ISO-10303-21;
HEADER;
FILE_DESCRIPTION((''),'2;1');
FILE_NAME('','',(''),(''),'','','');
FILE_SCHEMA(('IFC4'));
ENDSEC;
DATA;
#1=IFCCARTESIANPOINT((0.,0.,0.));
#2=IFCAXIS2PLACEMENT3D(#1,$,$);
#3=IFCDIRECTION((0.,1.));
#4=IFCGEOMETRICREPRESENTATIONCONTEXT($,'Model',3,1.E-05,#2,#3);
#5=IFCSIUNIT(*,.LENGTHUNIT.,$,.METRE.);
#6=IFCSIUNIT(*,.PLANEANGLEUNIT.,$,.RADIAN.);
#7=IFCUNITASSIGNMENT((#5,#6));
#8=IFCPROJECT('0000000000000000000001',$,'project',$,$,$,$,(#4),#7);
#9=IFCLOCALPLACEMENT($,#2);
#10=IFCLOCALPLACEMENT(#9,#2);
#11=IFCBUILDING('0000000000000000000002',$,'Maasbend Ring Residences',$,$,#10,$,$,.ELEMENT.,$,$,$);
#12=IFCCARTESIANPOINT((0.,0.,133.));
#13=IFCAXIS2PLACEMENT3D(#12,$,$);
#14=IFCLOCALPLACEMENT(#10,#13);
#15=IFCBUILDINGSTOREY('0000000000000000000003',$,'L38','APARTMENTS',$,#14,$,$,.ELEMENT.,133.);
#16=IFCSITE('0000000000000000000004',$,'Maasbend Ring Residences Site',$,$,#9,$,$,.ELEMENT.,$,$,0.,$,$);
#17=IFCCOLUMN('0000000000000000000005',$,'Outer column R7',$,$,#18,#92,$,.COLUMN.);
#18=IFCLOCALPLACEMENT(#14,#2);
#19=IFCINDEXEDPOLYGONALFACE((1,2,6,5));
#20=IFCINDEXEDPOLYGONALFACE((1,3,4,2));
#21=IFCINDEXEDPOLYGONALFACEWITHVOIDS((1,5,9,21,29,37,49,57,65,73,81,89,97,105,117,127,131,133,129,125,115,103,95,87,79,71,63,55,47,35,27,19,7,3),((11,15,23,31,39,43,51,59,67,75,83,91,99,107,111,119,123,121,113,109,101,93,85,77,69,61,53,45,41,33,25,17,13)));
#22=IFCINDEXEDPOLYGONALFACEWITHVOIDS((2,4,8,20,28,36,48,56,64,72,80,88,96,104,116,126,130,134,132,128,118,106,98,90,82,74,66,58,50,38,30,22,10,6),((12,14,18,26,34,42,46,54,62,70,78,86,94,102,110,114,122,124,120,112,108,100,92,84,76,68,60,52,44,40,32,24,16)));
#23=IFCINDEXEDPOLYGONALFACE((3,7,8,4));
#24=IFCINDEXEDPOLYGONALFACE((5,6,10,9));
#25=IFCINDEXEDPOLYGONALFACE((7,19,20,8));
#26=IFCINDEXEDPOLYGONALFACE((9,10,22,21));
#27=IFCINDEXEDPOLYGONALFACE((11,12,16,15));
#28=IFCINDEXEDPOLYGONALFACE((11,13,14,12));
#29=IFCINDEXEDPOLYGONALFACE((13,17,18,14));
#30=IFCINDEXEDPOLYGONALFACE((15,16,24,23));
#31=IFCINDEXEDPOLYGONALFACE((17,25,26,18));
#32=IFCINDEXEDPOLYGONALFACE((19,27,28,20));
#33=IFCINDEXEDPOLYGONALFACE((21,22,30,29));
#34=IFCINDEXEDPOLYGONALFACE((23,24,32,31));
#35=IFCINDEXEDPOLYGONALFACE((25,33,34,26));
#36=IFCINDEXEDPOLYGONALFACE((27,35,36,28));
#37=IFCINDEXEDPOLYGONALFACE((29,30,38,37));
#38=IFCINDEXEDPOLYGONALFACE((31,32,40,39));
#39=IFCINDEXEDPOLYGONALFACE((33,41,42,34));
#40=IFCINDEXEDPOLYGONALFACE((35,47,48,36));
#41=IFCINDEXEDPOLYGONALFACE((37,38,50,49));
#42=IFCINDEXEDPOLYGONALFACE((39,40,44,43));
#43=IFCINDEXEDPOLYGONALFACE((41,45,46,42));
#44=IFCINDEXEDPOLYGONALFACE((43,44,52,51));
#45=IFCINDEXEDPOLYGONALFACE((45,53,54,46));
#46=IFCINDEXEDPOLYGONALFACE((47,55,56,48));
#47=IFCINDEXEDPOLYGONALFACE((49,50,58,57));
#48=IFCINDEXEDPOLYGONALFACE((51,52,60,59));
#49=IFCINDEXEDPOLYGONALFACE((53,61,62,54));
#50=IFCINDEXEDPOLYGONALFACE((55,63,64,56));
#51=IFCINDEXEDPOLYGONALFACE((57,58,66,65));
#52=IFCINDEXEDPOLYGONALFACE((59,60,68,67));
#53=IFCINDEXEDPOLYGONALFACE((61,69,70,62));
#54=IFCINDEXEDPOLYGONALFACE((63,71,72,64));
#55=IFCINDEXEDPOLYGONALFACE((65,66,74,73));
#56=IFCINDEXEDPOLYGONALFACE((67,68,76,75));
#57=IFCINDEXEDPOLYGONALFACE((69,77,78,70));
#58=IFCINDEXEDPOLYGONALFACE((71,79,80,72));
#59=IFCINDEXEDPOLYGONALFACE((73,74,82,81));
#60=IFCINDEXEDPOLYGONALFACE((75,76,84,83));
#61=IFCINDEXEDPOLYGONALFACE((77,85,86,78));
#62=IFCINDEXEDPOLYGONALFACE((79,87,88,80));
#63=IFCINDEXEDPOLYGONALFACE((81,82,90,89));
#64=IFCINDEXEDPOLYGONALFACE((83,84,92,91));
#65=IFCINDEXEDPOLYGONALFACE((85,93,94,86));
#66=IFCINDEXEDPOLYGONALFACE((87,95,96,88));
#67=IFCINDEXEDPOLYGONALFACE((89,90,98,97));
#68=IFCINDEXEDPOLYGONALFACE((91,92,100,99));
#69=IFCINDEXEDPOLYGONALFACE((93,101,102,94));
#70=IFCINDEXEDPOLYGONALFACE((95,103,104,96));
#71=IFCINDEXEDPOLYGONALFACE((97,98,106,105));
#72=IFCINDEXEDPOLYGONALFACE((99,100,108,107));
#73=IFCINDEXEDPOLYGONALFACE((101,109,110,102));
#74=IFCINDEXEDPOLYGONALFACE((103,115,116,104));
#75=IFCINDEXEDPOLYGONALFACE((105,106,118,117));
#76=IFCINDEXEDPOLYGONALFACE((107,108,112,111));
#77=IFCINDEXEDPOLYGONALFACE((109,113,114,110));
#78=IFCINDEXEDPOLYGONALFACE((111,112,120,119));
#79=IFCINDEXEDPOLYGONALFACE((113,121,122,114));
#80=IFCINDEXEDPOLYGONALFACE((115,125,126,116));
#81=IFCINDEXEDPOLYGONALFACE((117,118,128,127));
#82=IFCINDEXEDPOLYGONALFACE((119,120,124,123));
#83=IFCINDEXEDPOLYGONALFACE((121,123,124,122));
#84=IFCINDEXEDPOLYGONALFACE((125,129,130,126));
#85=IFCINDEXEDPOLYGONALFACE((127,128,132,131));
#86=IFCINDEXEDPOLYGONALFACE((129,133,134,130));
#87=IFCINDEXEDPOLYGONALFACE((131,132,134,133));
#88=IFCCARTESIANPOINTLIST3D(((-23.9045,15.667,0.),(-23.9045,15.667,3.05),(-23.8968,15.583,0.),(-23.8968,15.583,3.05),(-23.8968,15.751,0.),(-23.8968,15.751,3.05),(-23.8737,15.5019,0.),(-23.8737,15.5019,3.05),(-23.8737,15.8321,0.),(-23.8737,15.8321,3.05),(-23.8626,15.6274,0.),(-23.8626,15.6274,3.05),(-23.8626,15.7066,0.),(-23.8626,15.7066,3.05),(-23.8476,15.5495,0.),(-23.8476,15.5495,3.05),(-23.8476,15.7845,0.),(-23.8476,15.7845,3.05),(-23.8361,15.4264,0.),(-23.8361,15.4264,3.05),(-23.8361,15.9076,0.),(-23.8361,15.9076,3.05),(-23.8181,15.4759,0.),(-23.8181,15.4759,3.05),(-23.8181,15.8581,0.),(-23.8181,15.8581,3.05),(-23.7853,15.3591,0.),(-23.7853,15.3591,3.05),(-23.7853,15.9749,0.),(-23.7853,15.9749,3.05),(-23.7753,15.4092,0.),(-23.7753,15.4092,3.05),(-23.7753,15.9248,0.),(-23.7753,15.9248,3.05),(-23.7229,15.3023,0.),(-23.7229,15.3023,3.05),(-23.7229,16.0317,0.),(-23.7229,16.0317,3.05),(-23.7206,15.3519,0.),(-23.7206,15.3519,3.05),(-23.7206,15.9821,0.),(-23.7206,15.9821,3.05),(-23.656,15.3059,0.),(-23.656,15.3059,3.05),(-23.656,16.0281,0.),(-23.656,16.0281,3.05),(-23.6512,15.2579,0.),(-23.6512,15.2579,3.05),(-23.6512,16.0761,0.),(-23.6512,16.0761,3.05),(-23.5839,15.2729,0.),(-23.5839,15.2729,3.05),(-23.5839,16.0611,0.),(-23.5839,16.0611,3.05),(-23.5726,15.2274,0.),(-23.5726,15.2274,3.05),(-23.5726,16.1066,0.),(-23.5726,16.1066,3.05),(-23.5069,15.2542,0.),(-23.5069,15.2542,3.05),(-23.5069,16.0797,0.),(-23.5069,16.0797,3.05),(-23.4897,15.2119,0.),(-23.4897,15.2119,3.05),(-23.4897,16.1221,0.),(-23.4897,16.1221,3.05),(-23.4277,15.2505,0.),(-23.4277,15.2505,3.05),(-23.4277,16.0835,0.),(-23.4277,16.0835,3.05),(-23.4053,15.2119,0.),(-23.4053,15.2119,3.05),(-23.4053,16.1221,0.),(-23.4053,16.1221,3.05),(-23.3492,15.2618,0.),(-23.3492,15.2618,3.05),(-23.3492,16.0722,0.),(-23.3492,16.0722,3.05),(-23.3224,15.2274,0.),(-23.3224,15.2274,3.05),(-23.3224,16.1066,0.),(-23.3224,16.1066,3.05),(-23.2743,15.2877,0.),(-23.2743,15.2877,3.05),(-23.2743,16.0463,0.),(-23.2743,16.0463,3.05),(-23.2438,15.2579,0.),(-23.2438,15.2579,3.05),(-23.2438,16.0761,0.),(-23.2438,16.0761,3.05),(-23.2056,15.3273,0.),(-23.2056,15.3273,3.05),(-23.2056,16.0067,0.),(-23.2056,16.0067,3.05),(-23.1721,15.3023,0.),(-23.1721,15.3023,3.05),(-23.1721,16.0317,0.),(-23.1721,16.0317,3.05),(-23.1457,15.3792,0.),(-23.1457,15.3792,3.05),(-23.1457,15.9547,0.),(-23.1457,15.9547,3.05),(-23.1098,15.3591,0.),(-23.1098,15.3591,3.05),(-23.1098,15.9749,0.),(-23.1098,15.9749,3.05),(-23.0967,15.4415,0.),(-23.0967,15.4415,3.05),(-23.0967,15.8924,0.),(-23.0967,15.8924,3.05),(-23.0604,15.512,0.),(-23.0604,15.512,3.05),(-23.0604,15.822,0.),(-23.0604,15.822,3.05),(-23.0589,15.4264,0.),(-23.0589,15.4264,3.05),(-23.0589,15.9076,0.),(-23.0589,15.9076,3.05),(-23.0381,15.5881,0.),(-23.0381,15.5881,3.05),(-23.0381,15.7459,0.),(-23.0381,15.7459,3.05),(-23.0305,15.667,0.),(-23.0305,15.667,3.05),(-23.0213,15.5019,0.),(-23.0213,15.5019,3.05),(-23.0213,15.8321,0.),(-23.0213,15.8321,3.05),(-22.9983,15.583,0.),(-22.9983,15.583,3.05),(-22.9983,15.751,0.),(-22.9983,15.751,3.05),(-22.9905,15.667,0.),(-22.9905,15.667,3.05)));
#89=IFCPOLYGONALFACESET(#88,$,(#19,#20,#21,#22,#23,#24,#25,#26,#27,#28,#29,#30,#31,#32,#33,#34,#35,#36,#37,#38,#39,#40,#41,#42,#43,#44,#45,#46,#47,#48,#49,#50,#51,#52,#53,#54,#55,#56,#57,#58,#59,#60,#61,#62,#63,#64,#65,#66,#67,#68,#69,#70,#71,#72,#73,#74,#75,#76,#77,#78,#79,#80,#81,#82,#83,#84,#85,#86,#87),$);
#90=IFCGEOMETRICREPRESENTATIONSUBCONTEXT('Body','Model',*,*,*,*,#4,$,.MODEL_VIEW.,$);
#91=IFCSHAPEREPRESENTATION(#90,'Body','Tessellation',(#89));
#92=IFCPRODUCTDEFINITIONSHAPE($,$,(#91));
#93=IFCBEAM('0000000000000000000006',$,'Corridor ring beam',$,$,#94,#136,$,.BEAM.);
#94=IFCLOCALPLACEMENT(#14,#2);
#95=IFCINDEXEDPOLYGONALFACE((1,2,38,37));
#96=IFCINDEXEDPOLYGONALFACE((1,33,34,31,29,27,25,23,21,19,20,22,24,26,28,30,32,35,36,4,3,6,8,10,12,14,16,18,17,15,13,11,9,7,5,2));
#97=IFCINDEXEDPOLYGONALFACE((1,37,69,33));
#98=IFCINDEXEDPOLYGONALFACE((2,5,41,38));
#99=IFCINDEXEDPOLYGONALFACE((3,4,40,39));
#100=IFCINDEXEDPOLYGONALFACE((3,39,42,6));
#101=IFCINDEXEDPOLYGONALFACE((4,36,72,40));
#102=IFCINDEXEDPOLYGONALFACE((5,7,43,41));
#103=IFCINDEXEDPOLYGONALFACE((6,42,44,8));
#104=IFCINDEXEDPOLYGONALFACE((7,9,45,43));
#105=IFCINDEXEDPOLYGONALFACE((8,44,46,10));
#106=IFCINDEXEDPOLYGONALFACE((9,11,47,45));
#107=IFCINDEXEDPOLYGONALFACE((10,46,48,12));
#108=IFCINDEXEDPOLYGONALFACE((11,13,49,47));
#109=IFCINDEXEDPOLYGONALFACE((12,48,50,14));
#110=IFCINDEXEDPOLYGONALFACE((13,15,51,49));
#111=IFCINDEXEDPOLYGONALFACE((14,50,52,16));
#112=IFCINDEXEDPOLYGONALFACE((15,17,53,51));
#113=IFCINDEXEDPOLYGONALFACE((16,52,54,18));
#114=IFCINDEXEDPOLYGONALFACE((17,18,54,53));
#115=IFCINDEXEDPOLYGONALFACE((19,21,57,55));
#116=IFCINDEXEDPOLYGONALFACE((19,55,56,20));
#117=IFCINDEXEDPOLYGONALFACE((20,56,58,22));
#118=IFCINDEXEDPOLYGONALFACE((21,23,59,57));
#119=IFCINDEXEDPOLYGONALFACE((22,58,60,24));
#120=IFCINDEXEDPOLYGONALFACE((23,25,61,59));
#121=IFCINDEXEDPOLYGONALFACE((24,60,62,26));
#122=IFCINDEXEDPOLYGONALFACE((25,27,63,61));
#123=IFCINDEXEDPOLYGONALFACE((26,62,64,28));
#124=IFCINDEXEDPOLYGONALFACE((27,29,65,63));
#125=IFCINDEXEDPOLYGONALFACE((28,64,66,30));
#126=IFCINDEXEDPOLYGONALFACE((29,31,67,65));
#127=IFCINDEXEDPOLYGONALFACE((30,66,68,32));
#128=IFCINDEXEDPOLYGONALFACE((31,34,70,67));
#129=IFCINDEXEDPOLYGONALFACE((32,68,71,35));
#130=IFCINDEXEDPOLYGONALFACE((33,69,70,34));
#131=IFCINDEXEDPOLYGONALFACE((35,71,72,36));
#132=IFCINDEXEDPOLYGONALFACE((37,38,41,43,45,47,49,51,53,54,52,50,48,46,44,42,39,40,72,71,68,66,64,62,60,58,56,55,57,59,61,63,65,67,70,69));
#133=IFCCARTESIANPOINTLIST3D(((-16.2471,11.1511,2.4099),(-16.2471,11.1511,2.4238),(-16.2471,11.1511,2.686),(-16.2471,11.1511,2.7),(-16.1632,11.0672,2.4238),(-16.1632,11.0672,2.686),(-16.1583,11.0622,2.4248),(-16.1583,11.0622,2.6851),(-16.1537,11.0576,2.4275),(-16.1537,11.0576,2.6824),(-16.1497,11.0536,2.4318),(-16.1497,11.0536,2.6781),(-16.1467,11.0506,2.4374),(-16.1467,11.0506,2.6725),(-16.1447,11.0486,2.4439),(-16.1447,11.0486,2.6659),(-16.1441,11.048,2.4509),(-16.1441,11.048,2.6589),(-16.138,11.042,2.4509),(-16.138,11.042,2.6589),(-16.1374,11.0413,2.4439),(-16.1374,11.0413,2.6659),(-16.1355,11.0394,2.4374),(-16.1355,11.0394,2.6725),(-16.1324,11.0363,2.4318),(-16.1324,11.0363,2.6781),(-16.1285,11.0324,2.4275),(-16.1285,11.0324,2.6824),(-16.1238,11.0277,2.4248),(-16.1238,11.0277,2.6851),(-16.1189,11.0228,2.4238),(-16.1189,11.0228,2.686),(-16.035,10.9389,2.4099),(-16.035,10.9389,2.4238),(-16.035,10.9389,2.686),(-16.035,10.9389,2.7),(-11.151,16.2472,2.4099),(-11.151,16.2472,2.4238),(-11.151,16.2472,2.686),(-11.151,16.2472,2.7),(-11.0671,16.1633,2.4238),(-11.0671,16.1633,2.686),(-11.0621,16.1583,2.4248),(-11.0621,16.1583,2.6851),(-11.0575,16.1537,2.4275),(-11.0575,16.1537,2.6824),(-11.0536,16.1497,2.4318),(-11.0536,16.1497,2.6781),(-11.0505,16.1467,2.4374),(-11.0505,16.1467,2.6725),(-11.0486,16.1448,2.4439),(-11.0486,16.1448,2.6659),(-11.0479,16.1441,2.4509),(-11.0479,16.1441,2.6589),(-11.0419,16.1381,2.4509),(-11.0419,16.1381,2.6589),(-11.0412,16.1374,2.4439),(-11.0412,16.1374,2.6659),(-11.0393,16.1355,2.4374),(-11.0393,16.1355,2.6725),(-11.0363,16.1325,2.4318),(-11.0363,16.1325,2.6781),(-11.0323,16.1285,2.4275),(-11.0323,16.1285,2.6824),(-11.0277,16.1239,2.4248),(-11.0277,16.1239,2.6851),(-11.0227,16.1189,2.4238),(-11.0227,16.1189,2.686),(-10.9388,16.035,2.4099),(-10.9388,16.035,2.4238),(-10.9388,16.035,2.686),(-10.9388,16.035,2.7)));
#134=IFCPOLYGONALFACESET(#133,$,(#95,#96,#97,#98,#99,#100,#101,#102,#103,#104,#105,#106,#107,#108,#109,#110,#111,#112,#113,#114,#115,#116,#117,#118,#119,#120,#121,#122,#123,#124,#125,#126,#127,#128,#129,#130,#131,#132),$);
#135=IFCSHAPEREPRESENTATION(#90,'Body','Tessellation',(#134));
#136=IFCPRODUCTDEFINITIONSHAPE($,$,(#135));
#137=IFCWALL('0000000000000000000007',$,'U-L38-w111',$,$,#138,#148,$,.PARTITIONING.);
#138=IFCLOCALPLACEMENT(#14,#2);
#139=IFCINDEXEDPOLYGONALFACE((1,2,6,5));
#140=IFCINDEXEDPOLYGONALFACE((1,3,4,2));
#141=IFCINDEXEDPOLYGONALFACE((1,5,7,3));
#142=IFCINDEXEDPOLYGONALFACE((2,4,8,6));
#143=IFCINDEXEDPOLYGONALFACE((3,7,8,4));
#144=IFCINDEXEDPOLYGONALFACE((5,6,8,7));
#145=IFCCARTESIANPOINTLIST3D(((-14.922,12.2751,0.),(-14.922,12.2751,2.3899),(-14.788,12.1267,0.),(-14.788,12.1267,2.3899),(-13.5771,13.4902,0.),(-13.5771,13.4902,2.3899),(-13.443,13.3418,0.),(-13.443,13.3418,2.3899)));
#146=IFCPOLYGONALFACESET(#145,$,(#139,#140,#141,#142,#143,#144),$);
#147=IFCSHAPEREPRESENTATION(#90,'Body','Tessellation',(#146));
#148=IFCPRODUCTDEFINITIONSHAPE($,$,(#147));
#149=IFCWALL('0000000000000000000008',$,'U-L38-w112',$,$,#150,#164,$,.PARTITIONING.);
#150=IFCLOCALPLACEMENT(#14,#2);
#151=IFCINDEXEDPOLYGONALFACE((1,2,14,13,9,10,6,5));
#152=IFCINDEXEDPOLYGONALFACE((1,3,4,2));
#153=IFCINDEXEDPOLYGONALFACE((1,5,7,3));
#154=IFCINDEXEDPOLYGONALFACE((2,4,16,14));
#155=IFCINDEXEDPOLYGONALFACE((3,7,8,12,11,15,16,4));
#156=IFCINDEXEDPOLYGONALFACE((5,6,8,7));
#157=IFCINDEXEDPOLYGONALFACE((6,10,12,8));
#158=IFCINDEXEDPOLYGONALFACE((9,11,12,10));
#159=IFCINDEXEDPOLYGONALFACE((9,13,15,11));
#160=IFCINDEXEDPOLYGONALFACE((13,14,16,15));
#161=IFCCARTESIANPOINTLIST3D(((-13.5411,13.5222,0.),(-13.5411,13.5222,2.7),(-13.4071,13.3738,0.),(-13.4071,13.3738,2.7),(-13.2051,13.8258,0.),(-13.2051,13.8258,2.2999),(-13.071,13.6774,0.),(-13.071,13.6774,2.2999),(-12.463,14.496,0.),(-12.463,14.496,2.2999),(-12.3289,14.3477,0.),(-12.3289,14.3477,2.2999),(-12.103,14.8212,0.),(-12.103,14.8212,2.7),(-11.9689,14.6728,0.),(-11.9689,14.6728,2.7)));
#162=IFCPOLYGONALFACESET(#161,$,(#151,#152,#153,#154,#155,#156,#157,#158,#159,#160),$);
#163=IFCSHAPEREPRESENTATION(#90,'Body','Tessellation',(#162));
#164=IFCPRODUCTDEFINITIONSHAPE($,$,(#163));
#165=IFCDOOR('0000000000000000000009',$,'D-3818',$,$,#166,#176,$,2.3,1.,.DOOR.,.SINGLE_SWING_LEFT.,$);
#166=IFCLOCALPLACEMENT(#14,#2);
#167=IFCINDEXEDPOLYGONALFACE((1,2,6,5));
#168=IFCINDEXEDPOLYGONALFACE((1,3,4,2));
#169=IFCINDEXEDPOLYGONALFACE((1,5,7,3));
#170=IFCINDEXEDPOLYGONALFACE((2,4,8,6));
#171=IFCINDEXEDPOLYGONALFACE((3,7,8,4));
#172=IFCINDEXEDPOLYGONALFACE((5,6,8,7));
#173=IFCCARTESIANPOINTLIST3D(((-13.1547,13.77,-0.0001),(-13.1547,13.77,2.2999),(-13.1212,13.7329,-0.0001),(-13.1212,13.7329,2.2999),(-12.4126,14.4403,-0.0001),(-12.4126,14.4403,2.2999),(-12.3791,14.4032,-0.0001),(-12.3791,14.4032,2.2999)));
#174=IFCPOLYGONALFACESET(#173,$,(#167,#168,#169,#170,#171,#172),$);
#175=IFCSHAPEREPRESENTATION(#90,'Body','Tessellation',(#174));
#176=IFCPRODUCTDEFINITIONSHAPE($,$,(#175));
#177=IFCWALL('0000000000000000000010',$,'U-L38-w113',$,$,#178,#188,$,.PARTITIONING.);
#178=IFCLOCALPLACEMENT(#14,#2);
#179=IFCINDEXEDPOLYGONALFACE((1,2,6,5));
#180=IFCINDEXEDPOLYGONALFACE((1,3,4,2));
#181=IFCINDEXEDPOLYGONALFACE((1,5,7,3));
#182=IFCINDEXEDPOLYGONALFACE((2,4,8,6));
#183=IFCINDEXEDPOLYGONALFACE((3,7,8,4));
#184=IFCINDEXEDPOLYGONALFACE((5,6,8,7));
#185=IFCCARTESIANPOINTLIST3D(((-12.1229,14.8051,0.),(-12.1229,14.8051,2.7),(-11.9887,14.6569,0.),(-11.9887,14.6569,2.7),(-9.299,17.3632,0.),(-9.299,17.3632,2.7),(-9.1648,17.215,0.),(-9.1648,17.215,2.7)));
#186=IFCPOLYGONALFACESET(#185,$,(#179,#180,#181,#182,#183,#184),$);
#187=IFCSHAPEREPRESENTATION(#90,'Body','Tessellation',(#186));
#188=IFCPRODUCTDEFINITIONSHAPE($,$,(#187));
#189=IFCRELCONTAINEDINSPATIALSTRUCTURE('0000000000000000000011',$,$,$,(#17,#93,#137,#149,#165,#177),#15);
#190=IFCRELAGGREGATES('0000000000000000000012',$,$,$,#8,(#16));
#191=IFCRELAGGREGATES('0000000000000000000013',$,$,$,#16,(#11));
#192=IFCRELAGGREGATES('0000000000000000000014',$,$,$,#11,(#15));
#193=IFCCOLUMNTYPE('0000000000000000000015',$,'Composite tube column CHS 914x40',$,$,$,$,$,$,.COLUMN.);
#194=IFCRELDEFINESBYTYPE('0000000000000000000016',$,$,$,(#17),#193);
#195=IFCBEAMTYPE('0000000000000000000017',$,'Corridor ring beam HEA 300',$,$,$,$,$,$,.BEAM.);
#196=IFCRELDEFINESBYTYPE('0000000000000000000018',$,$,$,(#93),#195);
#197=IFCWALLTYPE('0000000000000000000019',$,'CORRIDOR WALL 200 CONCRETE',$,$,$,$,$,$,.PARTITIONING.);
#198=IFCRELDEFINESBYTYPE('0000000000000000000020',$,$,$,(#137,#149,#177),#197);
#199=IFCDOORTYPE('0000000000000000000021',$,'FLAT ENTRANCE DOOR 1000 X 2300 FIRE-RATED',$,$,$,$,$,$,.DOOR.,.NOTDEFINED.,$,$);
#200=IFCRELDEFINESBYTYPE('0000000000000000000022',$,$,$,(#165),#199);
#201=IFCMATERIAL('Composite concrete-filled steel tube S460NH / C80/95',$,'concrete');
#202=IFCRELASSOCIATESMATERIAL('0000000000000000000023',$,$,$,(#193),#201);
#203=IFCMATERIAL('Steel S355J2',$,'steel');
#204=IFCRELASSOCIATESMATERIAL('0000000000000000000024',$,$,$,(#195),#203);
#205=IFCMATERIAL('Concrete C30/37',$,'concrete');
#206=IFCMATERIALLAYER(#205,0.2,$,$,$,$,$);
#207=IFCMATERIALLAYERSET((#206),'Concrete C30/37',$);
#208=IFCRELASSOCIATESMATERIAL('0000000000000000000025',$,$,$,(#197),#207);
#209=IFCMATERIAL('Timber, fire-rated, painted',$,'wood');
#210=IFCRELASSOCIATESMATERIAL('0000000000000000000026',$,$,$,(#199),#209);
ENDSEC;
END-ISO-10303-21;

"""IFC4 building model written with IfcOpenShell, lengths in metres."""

from ifc_helpers import new_model, si_unit, direction, frame, frame_2d, origin, origin_2d, place, context, subcontext, project, spatial, rectangle, hollow_circle, i_section, extrude, material, layer, layer_set, material_profile, profile_set, type_object, element, fill, save


model = new_model("IFC4")

# Units and contexts
model_context = context("Model", 3, precision=1e-05, world=origin(), true_north=direction((0.0, 1.0)))
body_context = subcontext(model_context, "Body", "Model", "MODEL_VIEW")
ifc_project = project(units=[si_unit("LENGTHUNIT", "METRE"), si_unit("PLANEANGLEUNIT", "RADIAN")], contexts=[model_context])

# Site, building, storey
site_placement = place(None, origin())
site = spatial("IfcSite", under=ifc_project, at=site_placement, Name="Maasbend Ring Residences Site", CompositionType="ELEMENT", RefElevation=0.0)
building_placement = place(site_placement, origin())
building = spatial("IfcBuilding", under=site, at=building_placement, Name="Maasbend Ring Residences", CompositionType="ELEMENT")
storey_placement = place(building_placement, frame((0.0, 0.0, 133.0)))
storey = spatial("IfcBuildingStorey", under=building, at=storey_placement, Name="L38", Description="APARTMENTS", CompositionType="ELEMENT", Elevation=133.0)

# Column
ifc_material_1 = material(Name="Composite concrete-filled steel tube S460NH / C80/95", Category="concrete")
ifc_material_profile_1 = material_profile(ifc_material_1, hollow_circle(Radius=0.457, WallThickness=0.04, at=origin_2d()), Name="Composite tube column CHS 914x40")
ifc_profile_set_1 = profile_set([ifc_material_profile_1], Name="Composite concrete-filled steel tube S460NH / C80/95")
column_type = type_object("IfcColumnType", Name="Composite tube column CHS 914x40", PredefinedType="COLUMN", material=ifc_profile_set_1)
column_placement = place(storey_placement, frame((-23.4475, 15.667, 0.0), z_axis=(0.0, 0.0, 1.0), x_axis=(1.0, 0.0, 0.0)))
element("IfcColumn", 1, at=column_placement, inside=storey, type_object=column_type, Name="Outer column R7", PredefinedType="COLUMN", context=body_context, shape_type="SweptSolid", body=[
    extrude(hollow_circle(Radius=0.457, WallThickness=0.04, at=origin_2d()), origin(), (0.0, 0.0, 1.0), 3.05),
])

# Beam
ifc_material_2 = material(Name="Steel S355J2", Category="steel")
ifc_material_profile_2 = material_profile(ifc_material_2, i_section(OverallWidth=0.3, OverallDepth=0.29, WebThickness=0.0085, FlangeThickness=0.0139, FilletRadius=0.0271, at=origin_2d()), Name="HEA 300")
ifc_profile_set_2 = profile_set([ifc_material_profile_2], Name="Steel S355J2")
beam_type = type_object("IfcBeamType", Name="Corridor ring beam HEA 300", PredefinedType="BEAM", material=ifc_profile_set_2)
beam_placement = place(storey_placement, frame((-11.0449, 16.1411, 2.5549), z_axis=(-0.707107, -0.707107, 0.0), x_axis=(0.707107, -0.707107, 0.0)))
element("IfcBeam", 2, at=beam_placement, inside=storey, type_object=beam_type, Name="Corridor ring beam", PredefinedType="BEAM", context=body_context, shape_type="SweptSolid", body=[
    extrude(i_section(OverallWidth=0.3, OverallDepth=0.29, WebThickness=0.0085, FlangeThickness=0.0139, FilletRadius=0.0271, at=origin_2d()), origin(), (0.0, 0.0, 1.0), 7.207),
])

# Wall
ifc_material_3 = material(Name="Concrete C30/37", Category="concrete")
ifc_layer_1 = layer(ifc_material_3, 0.2)
ifc_layer_set_1 = layer_set([ifc_layer_1], Name="Concrete C30/37")
wall_type_1 = type_object("IfcWallType", Name="CORRIDOR WALL 200 CONCRETE", PredefinedType="PARTITIONING", material=ifc_layer_set_1)
wall_1_placement = place(storey_placement, frame((-14.855, 12.2009, 0.0), z_axis=(0.0, 0.0, 1.0), x_axis=(0.742027, 0.67037, 0.0)))
element("IfcWall", 3, at=wall_1_placement, inside=storey, type_object=wall_type_1, Name="U-L38-w111", PredefinedType="PARTITIONING", context=body_context, shape_type="SweptSolid", body=[
    extrude(rectangle(XDim=1.8125, YDim=0.2, at=frame_2d((0.9062, 0.0))), origin(), (0.0, 0.0, 1.0), 2.3899),
])

# Wall, opening, door
wall_2_placement = place(storey_placement, frame((-13.4741, 13.448, 0.0), z_axis=(0.0, 0.0, 1.0), x_axis=(0.742097, 0.670293, 0.0)))
wall_2 = element("IfcWall", 4, at=wall_2_placement, inside=storey, type_object=wall_type_1, Name="U-L38-w112", PredefinedType="PARTITIONING", context=body_context, shape_type="SweptSolid", body=[
    extrude(rectangle(XDim=1.938, YDim=0.2, at=frame_2d((0.969, 0.0))), origin(), (0.0, 0.0, 1.0), 2.7),
])
opening_1_placement = place(wall_2_placement, frame((0.4529, 0.0, 0.0)))
opening_1 = element("IfcOpeningElement", 5, at=opening_1_placement, cuts=wall_2, PredefinedType="OPENING", context=body_context, shape_type="SweptSolid", body=[
    extrude(rectangle(XDim=1.0, YDim=2.3, at=frame_2d((0.5, 1.1499))), frame((0.0, 0.1099, 0.0), z_axis=(0.0, -1.0, 0.0), x_axis=(1.0, 0.0, 0.0)), (0.0, 0.0, 1.0), 0.22),
])
ifc_material_4 = material(Name="Timber, fire-rated, painted", Category="wood")
door_type_1 = type_object("IfcDoorType", Name="FLAT ENTRANCE DOOR 1000 X 2300 FIRE-RATED", OperationType="NOTDEFINED", PredefinedType="DOOR", material=ifc_material_4)
door_1_placement = place(opening_1_placement, origin())
door_1 = element("IfcDoor", 6, at=door_1_placement, inside=storey, type_object=door_type_1, Name="D-3818", OperationType="SINGLE_SWING_LEFT", OverallHeight=2.3, OverallWidth=1.0, PredefinedType="DOOR", context=body_context, shape_type="SweptSolid", body=[
    extrude(rectangle(XDim=1.0, YDim=2.3, at=frame_2d((0.5, 1.1499))), frame((0.0, 0.0249, 0.0), z_axis=(0.0, -1.0, 0.0), x_axis=(1.0, 0.0, 0.0)), (0.0, 0.0, 1.0), 0.05),
])
fill(opening_1, door_1)

# Wall
wall_3_placement = place(storey_placement, frame((-12.0559, 14.731, 0.0), z_axis=(0.0, 0.0, 1.0), x_axis=(0.741133, 0.671358, 0.0)))
element("IfcWall", 7, at=wall_3_placement, inside=storey, type_object=wall_type_1, Name="U-L38-w113", PredefinedType="PARTITIONING", context=body_context, shape_type="SweptSolid", body=[
    extrude(rectangle(XDim=3.8103, YDim=0.2, at=frame_2d((1.9053, 0.0))), origin(), (0.0, 0.0, 1.0), 2.7),
])

save(model, "model.ifc")
